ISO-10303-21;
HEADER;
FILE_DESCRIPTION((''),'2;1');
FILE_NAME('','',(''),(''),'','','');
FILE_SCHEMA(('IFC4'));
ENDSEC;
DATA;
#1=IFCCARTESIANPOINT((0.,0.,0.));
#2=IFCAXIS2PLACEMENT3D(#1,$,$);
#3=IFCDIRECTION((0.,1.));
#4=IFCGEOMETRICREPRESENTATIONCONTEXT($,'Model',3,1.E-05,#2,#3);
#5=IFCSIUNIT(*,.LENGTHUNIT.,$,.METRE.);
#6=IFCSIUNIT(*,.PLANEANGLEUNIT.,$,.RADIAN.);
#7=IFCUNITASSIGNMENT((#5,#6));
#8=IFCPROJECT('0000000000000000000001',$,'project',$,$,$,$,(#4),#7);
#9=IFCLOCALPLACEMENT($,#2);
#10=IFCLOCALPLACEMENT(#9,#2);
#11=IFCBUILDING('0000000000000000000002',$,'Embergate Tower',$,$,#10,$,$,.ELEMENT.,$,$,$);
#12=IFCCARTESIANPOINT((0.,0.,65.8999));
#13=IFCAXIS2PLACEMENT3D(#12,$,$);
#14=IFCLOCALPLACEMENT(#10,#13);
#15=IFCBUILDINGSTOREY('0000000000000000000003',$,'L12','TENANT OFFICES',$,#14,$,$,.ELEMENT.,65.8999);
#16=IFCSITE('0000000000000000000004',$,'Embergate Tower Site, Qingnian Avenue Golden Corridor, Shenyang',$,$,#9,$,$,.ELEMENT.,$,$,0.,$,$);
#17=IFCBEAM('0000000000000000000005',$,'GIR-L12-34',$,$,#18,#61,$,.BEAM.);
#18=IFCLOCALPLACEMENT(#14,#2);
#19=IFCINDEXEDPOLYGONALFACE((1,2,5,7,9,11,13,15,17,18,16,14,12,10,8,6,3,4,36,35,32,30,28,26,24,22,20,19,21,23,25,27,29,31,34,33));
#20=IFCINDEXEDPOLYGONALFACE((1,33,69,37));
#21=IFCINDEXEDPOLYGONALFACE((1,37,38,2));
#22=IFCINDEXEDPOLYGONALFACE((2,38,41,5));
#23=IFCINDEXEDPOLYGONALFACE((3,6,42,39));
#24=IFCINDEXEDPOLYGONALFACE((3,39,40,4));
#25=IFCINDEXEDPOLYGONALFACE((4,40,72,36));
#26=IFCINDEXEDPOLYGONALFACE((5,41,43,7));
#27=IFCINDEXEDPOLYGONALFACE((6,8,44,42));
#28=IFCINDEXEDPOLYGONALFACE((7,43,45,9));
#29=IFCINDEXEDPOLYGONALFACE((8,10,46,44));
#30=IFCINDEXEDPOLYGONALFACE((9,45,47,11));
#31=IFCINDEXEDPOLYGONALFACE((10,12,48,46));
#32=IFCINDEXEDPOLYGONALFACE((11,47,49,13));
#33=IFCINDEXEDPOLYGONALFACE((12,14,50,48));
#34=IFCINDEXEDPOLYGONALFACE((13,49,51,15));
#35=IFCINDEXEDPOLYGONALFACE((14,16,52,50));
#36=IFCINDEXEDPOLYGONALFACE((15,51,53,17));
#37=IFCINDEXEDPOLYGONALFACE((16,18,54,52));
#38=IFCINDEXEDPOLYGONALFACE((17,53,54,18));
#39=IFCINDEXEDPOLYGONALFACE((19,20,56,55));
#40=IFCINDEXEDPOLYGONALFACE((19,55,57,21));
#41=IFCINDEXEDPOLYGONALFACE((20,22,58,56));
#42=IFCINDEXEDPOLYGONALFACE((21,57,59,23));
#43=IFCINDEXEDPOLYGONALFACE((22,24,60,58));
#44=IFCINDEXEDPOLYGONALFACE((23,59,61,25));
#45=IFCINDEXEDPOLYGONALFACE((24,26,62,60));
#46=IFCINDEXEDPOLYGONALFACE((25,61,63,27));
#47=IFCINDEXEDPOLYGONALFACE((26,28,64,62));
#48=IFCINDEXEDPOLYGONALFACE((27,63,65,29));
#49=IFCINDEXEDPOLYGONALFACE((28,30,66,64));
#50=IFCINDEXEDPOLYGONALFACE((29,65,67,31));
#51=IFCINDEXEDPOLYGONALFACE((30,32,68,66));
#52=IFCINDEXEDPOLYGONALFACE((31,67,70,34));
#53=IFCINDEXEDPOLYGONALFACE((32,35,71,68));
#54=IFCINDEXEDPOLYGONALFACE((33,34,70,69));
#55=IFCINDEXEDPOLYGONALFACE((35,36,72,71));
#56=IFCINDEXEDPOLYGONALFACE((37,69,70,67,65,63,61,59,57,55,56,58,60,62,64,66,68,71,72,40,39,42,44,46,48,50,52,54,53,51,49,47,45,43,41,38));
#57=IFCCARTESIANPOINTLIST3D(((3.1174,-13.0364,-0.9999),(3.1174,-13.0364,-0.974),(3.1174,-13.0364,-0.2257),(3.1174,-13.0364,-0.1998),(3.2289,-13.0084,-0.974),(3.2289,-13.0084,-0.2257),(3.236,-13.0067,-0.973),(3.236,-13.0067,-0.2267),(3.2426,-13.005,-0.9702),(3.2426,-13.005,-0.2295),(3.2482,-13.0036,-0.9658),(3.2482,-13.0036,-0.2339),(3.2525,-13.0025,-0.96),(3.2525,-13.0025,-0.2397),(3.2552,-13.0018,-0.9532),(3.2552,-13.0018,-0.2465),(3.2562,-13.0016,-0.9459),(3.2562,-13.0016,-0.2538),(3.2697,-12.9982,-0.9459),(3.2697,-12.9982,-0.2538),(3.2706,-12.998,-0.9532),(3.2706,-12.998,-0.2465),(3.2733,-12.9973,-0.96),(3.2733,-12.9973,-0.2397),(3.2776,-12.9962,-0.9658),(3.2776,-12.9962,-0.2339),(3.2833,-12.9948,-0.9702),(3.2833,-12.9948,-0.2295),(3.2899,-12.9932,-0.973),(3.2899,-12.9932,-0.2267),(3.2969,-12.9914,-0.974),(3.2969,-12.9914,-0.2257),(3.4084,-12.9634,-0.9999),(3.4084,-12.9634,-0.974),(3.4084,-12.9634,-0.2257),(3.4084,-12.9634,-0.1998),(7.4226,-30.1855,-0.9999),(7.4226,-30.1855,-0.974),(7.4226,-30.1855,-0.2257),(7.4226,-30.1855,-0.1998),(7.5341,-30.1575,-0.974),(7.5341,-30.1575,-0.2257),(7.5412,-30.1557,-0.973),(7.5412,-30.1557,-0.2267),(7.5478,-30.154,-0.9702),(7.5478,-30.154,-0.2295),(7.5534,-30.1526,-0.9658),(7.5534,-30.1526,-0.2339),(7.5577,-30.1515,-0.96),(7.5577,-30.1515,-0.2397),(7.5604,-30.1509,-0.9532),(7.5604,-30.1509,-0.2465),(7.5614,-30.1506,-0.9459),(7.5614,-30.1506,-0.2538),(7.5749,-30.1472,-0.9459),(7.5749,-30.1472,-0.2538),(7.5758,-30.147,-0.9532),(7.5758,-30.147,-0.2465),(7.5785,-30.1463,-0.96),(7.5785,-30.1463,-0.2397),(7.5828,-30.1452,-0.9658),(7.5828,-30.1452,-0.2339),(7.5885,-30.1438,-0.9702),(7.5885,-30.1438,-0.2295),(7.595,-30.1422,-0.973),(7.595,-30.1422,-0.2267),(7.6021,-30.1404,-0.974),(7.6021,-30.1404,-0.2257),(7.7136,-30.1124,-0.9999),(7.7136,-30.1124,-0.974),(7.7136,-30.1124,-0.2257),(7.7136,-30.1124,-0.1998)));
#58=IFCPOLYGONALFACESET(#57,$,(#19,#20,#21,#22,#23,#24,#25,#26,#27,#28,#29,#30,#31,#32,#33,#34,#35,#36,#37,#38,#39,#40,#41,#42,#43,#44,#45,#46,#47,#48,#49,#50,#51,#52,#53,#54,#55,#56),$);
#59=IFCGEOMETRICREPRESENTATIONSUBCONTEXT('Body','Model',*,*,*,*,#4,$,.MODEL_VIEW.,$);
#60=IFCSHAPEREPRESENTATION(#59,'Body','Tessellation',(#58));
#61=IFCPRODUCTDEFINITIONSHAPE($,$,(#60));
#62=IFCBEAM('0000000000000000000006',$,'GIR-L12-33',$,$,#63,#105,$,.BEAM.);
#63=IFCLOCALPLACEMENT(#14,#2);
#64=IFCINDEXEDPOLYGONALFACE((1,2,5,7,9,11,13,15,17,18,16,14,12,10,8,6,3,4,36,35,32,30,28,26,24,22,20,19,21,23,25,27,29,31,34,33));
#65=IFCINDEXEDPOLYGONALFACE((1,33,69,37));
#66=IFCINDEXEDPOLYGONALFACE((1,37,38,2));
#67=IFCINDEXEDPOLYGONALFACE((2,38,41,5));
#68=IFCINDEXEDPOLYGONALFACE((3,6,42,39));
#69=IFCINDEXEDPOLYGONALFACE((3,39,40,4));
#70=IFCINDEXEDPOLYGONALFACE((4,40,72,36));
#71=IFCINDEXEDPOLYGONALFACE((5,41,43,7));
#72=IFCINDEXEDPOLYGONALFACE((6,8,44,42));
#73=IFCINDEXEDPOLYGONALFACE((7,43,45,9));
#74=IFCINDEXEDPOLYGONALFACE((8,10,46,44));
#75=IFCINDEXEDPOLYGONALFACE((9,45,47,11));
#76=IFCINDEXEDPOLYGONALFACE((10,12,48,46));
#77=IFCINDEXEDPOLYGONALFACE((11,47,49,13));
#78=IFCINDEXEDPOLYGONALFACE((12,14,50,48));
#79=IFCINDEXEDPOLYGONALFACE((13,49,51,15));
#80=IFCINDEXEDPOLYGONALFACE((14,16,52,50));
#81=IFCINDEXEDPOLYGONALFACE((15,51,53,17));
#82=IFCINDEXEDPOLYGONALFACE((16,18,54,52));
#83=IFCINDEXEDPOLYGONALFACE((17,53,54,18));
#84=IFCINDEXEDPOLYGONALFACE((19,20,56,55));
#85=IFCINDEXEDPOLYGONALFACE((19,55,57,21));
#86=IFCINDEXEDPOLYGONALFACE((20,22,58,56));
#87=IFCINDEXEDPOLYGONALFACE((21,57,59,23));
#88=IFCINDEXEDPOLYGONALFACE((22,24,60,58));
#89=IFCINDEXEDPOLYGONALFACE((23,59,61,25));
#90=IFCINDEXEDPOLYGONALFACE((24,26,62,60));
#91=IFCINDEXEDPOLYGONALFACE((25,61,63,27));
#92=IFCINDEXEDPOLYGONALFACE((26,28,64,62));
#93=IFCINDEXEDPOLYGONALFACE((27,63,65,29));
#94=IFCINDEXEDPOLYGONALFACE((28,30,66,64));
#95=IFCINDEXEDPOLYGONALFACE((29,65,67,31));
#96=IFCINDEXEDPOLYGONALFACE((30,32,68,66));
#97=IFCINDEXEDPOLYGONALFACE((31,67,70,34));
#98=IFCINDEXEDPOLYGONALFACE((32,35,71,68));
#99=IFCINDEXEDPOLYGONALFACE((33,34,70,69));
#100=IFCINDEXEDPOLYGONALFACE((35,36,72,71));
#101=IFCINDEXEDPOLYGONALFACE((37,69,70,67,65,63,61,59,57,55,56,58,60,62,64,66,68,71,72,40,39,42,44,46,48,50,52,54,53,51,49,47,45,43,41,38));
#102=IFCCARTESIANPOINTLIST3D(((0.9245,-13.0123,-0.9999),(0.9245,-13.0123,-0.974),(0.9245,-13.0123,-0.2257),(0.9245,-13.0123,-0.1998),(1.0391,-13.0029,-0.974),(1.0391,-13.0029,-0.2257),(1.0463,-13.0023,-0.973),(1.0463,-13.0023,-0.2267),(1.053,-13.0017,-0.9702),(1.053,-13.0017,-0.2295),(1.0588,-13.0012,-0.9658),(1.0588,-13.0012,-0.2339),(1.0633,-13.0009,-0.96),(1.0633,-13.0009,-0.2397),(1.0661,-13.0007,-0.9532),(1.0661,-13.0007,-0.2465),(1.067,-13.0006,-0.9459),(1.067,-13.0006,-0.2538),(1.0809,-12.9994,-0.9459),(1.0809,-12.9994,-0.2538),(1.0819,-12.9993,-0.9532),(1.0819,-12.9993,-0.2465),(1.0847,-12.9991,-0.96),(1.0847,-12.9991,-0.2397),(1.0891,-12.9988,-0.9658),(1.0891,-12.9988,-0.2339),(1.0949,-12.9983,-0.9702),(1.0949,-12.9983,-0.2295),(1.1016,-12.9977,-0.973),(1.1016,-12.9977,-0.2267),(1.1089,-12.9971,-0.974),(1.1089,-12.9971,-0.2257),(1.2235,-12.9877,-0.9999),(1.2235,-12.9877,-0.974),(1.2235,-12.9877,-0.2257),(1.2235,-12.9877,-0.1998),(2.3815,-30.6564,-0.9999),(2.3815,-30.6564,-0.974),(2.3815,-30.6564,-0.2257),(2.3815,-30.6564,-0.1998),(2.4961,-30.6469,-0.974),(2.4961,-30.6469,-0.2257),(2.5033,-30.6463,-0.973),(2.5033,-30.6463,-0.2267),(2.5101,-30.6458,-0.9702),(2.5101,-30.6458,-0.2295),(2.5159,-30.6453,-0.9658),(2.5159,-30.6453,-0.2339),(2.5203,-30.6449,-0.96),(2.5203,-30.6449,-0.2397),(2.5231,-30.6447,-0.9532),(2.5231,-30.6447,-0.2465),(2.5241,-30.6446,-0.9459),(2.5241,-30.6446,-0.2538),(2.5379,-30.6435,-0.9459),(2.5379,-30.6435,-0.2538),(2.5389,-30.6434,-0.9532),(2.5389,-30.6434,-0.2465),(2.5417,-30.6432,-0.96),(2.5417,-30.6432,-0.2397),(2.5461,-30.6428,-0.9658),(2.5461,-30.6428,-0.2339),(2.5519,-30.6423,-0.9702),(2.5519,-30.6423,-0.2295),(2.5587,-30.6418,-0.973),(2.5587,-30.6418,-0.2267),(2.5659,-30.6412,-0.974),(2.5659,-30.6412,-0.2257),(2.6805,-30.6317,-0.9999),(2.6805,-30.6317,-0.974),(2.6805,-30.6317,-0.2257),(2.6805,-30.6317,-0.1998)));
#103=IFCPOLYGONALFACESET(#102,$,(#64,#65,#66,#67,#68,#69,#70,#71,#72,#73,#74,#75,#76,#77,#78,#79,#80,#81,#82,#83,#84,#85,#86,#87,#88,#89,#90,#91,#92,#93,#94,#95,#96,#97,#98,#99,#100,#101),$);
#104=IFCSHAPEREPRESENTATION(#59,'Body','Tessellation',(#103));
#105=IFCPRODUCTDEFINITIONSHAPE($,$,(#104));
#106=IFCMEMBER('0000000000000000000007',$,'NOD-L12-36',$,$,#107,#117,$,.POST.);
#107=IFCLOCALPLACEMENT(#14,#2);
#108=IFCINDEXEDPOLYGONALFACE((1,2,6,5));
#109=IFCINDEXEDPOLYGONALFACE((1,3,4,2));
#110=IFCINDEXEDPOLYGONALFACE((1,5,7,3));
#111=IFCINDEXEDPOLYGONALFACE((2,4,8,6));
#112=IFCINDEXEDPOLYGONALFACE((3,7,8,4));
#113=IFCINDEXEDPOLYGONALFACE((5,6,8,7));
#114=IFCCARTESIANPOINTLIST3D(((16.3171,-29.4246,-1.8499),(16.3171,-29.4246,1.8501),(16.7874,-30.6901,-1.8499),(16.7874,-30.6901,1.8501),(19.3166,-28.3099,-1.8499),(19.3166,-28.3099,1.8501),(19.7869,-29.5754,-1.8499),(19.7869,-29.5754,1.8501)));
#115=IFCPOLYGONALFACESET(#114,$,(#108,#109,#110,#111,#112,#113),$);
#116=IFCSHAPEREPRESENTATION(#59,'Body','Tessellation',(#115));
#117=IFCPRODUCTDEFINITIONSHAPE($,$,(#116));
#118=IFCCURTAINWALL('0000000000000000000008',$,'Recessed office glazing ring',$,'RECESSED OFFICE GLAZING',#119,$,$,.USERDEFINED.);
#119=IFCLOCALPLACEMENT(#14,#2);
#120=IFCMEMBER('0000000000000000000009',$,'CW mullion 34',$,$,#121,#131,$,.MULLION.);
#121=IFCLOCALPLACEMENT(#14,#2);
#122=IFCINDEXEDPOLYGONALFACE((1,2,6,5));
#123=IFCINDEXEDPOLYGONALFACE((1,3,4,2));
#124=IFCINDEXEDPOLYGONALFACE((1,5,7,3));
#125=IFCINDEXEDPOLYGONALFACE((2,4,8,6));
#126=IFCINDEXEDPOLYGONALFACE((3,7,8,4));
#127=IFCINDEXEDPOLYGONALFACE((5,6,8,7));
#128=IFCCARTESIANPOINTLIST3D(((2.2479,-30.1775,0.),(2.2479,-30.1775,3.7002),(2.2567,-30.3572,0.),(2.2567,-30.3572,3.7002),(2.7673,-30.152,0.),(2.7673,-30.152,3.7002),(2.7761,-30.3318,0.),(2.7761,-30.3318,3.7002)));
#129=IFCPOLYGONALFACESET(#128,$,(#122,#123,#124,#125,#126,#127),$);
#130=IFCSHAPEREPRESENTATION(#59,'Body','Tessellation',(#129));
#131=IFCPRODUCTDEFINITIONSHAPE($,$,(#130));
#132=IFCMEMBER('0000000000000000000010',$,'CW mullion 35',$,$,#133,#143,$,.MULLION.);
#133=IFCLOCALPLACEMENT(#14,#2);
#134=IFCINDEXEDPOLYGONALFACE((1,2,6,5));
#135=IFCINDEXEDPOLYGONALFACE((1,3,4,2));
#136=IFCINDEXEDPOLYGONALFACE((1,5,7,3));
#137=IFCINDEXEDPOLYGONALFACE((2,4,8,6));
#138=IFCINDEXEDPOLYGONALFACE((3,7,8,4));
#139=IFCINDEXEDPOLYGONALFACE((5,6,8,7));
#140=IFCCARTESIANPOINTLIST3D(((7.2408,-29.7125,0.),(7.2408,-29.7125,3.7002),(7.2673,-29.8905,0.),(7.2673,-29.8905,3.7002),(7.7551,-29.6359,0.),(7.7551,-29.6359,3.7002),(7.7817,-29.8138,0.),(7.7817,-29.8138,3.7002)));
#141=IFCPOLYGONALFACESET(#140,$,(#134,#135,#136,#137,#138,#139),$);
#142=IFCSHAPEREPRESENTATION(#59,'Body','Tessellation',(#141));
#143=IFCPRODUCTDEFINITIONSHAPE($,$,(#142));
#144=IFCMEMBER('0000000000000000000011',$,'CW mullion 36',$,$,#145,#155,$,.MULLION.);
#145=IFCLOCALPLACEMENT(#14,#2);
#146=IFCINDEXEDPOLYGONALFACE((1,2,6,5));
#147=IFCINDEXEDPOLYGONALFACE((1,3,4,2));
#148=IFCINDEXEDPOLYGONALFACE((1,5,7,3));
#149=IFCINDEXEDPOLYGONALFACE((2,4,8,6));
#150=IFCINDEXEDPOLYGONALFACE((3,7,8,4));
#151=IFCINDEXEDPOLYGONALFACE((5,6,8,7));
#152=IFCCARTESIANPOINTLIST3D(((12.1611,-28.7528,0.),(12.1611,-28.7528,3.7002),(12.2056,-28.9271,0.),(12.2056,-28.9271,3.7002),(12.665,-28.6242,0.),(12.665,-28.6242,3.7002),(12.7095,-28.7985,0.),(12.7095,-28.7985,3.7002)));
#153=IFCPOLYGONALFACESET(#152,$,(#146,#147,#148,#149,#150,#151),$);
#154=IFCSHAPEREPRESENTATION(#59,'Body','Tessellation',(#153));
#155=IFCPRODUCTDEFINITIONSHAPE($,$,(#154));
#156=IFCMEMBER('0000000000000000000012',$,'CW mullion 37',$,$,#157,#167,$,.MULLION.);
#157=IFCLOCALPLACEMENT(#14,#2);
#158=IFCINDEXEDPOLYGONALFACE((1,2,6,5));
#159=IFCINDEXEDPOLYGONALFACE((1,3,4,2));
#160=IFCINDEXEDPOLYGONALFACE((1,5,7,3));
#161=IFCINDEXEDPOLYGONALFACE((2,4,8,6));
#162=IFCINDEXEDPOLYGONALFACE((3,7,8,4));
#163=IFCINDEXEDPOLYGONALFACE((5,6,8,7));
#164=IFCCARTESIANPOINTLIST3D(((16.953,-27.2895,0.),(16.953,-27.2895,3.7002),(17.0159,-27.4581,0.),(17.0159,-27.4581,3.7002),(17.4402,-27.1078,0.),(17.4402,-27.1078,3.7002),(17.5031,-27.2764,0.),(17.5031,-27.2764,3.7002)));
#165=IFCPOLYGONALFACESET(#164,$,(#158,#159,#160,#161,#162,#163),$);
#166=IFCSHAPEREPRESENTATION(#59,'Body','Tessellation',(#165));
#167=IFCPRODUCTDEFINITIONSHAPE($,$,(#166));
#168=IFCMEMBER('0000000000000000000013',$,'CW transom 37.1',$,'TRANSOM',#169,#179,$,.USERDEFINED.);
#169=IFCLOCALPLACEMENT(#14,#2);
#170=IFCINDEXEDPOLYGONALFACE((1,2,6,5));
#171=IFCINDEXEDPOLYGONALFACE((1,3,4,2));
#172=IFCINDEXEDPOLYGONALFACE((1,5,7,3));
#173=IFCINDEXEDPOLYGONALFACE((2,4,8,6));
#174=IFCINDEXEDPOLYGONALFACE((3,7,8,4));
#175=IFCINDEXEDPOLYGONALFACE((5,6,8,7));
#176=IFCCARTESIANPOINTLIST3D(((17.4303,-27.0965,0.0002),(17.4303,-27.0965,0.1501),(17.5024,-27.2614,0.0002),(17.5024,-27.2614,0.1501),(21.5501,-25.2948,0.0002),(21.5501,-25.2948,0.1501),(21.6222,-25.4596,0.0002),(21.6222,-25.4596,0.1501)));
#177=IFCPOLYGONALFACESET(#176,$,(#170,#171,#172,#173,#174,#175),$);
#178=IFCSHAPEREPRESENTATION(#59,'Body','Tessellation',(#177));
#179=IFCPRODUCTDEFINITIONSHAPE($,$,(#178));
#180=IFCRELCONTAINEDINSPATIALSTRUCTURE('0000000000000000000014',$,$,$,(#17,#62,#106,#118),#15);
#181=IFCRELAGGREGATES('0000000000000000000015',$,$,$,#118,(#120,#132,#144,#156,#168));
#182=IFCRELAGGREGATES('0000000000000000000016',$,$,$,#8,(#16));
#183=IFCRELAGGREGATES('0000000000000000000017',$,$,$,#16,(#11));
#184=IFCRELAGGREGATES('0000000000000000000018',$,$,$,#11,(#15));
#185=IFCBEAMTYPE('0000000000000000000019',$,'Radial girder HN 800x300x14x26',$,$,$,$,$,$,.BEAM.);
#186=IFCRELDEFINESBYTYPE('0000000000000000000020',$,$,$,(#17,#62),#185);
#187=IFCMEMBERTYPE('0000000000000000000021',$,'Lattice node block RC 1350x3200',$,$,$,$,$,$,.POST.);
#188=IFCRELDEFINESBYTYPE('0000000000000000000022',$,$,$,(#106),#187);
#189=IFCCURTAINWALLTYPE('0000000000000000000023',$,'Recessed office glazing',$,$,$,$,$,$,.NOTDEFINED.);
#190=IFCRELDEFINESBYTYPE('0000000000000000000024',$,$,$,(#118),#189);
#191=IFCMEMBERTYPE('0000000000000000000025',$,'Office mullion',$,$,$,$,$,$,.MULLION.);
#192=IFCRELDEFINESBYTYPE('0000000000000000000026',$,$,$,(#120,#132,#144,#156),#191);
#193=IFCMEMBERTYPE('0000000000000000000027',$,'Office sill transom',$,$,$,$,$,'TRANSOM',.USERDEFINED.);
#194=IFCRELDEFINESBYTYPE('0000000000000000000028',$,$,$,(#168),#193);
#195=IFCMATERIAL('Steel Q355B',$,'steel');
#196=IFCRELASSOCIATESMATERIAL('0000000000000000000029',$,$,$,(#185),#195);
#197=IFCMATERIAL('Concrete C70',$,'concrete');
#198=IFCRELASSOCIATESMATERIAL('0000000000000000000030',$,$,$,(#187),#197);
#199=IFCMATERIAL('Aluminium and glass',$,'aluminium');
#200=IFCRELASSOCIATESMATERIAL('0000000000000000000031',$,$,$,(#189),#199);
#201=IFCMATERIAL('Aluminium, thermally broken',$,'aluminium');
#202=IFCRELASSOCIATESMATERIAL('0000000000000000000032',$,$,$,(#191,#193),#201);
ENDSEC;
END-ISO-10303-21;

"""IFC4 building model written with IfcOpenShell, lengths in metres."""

from ifc_helpers import new_model, si_unit, direction, frame, origin, origin_2d, place, context, subcontext, project, spatial, rectangle, i_section, extrude, source, transform, mapped, material, material_profile, profile_set, type_object, element, aggregate, save


model = new_model("IFC4")

# Units and contexts
model_context = context("Model", 3, precision=1e-05, world=origin(), true_north=direction((0.0, 1.0)))
body_context = subcontext(model_context, "Body", "Model", "MODEL_VIEW")
ifc_project = project(units=[si_unit("LENGTHUNIT", "METRE"), si_unit("PLANEANGLEUNIT", "RADIAN")], contexts=[model_context])

# Site, building, storey
site_placement = place(None, origin())
site = spatial("IfcSite", under=ifc_project, at=site_placement, Name="Embergate Tower Site, Qingnian Avenue Golden Corridor, Shenyang", CompositionType="ELEMENT", RefElevation=0.0)
building_placement = place(site_placement, origin())
building = spatial("IfcBuilding", under=site, at=building_placement, Name="Embergate Tower", CompositionType="ELEMENT")
storey_placement = place(building_placement, frame((0.0, 0.0, 65.8999)))
storey = spatial("IfcBuildingStorey", under=building, at=storey_placement, Name="L12", Description="TENANT OFFICES", CompositionType="ELEMENT", Elevation=65.8999)

# Shared definitions
ifc_material_1 = material(Name="Concrete C70", Category="concrete")

# Beams
ifc_material_2 = material(Name="Steel Q355B", Category="steel")
ifc_material_profile_1 = material_profile(ifc_material_2, i_section(OverallWidth=0.3, OverallDepth=0.8, WebThickness=0.0139, FlangeThickness=0.0259, FilletRadius=0.0281, at=origin_2d()), Name="HN 800x300x14x26")
ifc_profile_set_1 = profile_set([ifc_material_profile_1], Name="Steel Q355 grade B")
beam_type_1 = type_object("IfcBeamType", Name="Radial girder HN 800x300x14x26", PredefinedType="BEAM", material=ifc_profile_set_1)
shared_shape_1 = source(origin(), body_context, "Body", "SweptSolid", [
    extrude(i_section(OverallWidth=0.3, OverallDepth=0.8, WebThickness=0.0139, FlangeThickness=0.0259, FilletRadius=0.0281, at=origin_2d()), origin(), (0.0, 0.0, 1.0), 17.6812),
])
beam_1_placement = place(storey_placement, frame((7.5681, -30.1489, -0.5999), z_axis=(-0.243491, 0.969903, 0.0), x_axis=(-0.969903, -0.243491, 0.0)))
element("IfcBeam", 1, at=beam_1_placement, inside=storey, type_object=beam_type_1, Name="GIR-L12-34", PredefinedType="BEAM", context=body_context, shape_type="MappedRepresentation", body=[
    mapped(shared_shape_1, transform((0.0, 0.0, 0.0))),
])
shared_shape_2 = source(origin(), body_context, "Body", "SweptSolid", [
    extrude(i_section(OverallWidth=0.3, OverallDepth=0.8, WebThickness=0.0139, FlangeThickness=0.0259, FilletRadius=0.0281, at=origin_2d()), origin(), (0.0, 0.0, 1.0), 17.7041),
])
beam_2_placement = place(storey_placement, frame((2.531, -30.644, -0.5999), z_axis=(-0.082299, 0.996608, 0.0), x_axis=(-0.996608, -0.082299, 0.0)))
element("IfcBeam", 2, at=beam_2_placement, inside=storey, type_object=beam_type_1, Name="GIR-L12-33", PredefinedType="BEAM", context=body_context, shape_type="MappedRepresentation", body=[
    mapped(shared_shape_2, transform((0.0, 0.0, 0.0))),
])

# Member
ifc_material_profile_2 = material_profile(ifc_material_1, rectangle(XDim=1.3501, YDim=3.2, at=origin_2d()), Name="RC 1350x3200")
ifc_profile_set_2 = profile_set([ifc_material_profile_2], Name="Concrete C70")
member_type_1 = type_object("IfcMemberType", Name="Lattice node block RC 1350x3200", PredefinedType="POST", material=ifc_profile_set_2)
shared_shape_3 = source(origin(), body_context, "Body", "SweptSolid", [
    extrude(rectangle(XDim=1.3501, YDim=3.2, at=origin_2d()), origin(), (0.0, 0.0, 1.0), 3.7),
])
member_1_placement = place(storey_placement, frame((18.052, -29.5, -1.8499), z_axis=(0.0, 0.0, 1.0), x_axis=(0.348343, -0.937367, 0.0)))
element("IfcMember", 3, at=member_1_placement, inside=storey, type_object=member_type_1, Name="NOD-L12-36", PredefinedType="POST", context=body_context, shape_type="MappedRepresentation", body=[
    mapped(shared_shape_3, transform((0.0, 0.0, 0.0))),
])

# Curtain wall, members
ifc_material_3 = material(Name="Aluminium and glass", Category="aluminium")
curtain_wall_type = type_object("IfcCurtainWallType", Name="Recessed office glazing", PredefinedType="NOTDEFINED", material=ifc_material_3)
curtain_wall_placement = place(storey_placement, origin())
curtain_wall = element("IfcCurtainWall", 4, at=curtain_wall_placement, inside=storey, type_object=curtain_wall_type, Name="Recessed office glazing ring", ObjectType="RECESSED OFFICE GLAZING", PredefinedType="USERDEFINED")
ifc_material_4 = material(Name="Aluminium, thermally broken", Category="aluminium")
ifc_material_profile_3 = material_profile(ifc_material_4, rectangle(XDim=0.1799, YDim=0.52, at=origin_2d()), Name="AL 520x180")
ifc_profile_set_3 = profile_set([ifc_material_profile_3], Name="Aluminium, thermally broken")
member_type_2 = type_object("IfcMemberType", Name="Office mullion", PredefinedType="MULLION", material=ifc_profile_set_3)
shared_shape_4 = source(origin(), body_context, "Body", "SweptSolid", [
    extrude(rectangle(XDim=0.1799, YDim=0.52, at=origin_2d()), origin(), (0.0, 0.0, 1.0), 3.7002),
])
member_2_placement = place(storey_placement, frame((2.512, -30.2546, 0.0), z_axis=(0.0, 0.0, 1.0), x_axis=(-0.048972, 0.9988, 0.0)))
member_2 = element("IfcMember", 5, at=member_2_placement, type_object=member_type_2, Name="CW mullion 34", PredefinedType="MULLION", context=body_context, shape_type="MappedRepresentation", body=[
    mapped(shared_shape_4, transform((0.0, 0.0, 0.0))),
])
member_3_placement = place(storey_placement, frame((7.5112, -29.7632, 0.0), z_axis=(0.0, 0.0, 1.0), x_axis=(-0.147416, 0.989075, 0.0)))
member_3 = element("IfcMember", 6, at=member_3_placement, type_object=member_type_2, Name="CW mullion 35", PredefinedType="MULLION", context=body_context, shape_type="MappedRepresentation", body=[
    mapped(shared_shape_4, transform((0.0, 0.0, 0.0))),
])
member_4_placement = place(storey_placement, frame((12.4353, -28.7756, 0.0), z_axis=(0.0, 0.0, 1.0), x_axis=(-0.247319, 0.968934, 0.0)))
member_4 = element("IfcMember", 7, at=member_4_placement, type_object=member_type_2, Name="CW mullion 36", PredefinedType="MULLION", context=body_context, shape_type="MappedRepresentation", body=[
    mapped(shared_shape_4, transform((0.0, 0.0, 0.0))),
])
member_5_placement = place(storey_placement, frame((17.228, -27.283, 0.0), z_axis=(0.0, 0.0, 1.0), x_axis=(-0.349511, 0.936932, 0.0)))
member_5 = element("IfcMember", 8, at=member_5_placement, type_object=member_type_2, Name="CW mullion 37", PredefinedType="MULLION", context=body_context, shape_type="MappedRepresentation", body=[
    mapped(shared_shape_4, transform((0.0, 0.0, 0.0))),
])
ifc_material_profile_4 = material_profile(ifc_material_4, rectangle(XDim=0.1799, YDim=0.1499, at=origin_2d()), Name="AL 150x180")
ifc_profile_set_4 = profile_set([ifc_material_profile_4], Name="Aluminium, thermally broken")
member_type_3 = type_object("IfcMemberType", Name="Office sill transom", ElementType="TRANSOM", PredefinedType="USERDEFINED", material=ifc_profile_set_4)
shared_shape_5 = source(origin(), body_context, "Body", "SweptSolid", [
    extrude(rectangle(XDim=0.1799, YDim=0.1499, at=origin_2d()), origin(), (0.0, 0.0, 1.0), 4.4966),
])
member_6_placement = place(storey_placement, frame((17.4663, -27.179, 0.0752), z_axis=(0.916213, 0.400691, 0.0), x_axis=(-0.400691, 0.916213, 0.0)))
member_6 = element("IfcMember", 9, at=member_6_placement, type_object=member_type_3, Name="CW transom 37.1", ObjectType="TRANSOM", PredefinedType="USERDEFINED", context=body_context, shape_type="MappedRepresentation", body=[
    mapped(shared_shape_5, transform((0.0, 0.0, 0.0))),
])

aggregate(curtain_wall, [member_2, member_3, member_4, member_5, member_6])

save(model, "model.ifc")
